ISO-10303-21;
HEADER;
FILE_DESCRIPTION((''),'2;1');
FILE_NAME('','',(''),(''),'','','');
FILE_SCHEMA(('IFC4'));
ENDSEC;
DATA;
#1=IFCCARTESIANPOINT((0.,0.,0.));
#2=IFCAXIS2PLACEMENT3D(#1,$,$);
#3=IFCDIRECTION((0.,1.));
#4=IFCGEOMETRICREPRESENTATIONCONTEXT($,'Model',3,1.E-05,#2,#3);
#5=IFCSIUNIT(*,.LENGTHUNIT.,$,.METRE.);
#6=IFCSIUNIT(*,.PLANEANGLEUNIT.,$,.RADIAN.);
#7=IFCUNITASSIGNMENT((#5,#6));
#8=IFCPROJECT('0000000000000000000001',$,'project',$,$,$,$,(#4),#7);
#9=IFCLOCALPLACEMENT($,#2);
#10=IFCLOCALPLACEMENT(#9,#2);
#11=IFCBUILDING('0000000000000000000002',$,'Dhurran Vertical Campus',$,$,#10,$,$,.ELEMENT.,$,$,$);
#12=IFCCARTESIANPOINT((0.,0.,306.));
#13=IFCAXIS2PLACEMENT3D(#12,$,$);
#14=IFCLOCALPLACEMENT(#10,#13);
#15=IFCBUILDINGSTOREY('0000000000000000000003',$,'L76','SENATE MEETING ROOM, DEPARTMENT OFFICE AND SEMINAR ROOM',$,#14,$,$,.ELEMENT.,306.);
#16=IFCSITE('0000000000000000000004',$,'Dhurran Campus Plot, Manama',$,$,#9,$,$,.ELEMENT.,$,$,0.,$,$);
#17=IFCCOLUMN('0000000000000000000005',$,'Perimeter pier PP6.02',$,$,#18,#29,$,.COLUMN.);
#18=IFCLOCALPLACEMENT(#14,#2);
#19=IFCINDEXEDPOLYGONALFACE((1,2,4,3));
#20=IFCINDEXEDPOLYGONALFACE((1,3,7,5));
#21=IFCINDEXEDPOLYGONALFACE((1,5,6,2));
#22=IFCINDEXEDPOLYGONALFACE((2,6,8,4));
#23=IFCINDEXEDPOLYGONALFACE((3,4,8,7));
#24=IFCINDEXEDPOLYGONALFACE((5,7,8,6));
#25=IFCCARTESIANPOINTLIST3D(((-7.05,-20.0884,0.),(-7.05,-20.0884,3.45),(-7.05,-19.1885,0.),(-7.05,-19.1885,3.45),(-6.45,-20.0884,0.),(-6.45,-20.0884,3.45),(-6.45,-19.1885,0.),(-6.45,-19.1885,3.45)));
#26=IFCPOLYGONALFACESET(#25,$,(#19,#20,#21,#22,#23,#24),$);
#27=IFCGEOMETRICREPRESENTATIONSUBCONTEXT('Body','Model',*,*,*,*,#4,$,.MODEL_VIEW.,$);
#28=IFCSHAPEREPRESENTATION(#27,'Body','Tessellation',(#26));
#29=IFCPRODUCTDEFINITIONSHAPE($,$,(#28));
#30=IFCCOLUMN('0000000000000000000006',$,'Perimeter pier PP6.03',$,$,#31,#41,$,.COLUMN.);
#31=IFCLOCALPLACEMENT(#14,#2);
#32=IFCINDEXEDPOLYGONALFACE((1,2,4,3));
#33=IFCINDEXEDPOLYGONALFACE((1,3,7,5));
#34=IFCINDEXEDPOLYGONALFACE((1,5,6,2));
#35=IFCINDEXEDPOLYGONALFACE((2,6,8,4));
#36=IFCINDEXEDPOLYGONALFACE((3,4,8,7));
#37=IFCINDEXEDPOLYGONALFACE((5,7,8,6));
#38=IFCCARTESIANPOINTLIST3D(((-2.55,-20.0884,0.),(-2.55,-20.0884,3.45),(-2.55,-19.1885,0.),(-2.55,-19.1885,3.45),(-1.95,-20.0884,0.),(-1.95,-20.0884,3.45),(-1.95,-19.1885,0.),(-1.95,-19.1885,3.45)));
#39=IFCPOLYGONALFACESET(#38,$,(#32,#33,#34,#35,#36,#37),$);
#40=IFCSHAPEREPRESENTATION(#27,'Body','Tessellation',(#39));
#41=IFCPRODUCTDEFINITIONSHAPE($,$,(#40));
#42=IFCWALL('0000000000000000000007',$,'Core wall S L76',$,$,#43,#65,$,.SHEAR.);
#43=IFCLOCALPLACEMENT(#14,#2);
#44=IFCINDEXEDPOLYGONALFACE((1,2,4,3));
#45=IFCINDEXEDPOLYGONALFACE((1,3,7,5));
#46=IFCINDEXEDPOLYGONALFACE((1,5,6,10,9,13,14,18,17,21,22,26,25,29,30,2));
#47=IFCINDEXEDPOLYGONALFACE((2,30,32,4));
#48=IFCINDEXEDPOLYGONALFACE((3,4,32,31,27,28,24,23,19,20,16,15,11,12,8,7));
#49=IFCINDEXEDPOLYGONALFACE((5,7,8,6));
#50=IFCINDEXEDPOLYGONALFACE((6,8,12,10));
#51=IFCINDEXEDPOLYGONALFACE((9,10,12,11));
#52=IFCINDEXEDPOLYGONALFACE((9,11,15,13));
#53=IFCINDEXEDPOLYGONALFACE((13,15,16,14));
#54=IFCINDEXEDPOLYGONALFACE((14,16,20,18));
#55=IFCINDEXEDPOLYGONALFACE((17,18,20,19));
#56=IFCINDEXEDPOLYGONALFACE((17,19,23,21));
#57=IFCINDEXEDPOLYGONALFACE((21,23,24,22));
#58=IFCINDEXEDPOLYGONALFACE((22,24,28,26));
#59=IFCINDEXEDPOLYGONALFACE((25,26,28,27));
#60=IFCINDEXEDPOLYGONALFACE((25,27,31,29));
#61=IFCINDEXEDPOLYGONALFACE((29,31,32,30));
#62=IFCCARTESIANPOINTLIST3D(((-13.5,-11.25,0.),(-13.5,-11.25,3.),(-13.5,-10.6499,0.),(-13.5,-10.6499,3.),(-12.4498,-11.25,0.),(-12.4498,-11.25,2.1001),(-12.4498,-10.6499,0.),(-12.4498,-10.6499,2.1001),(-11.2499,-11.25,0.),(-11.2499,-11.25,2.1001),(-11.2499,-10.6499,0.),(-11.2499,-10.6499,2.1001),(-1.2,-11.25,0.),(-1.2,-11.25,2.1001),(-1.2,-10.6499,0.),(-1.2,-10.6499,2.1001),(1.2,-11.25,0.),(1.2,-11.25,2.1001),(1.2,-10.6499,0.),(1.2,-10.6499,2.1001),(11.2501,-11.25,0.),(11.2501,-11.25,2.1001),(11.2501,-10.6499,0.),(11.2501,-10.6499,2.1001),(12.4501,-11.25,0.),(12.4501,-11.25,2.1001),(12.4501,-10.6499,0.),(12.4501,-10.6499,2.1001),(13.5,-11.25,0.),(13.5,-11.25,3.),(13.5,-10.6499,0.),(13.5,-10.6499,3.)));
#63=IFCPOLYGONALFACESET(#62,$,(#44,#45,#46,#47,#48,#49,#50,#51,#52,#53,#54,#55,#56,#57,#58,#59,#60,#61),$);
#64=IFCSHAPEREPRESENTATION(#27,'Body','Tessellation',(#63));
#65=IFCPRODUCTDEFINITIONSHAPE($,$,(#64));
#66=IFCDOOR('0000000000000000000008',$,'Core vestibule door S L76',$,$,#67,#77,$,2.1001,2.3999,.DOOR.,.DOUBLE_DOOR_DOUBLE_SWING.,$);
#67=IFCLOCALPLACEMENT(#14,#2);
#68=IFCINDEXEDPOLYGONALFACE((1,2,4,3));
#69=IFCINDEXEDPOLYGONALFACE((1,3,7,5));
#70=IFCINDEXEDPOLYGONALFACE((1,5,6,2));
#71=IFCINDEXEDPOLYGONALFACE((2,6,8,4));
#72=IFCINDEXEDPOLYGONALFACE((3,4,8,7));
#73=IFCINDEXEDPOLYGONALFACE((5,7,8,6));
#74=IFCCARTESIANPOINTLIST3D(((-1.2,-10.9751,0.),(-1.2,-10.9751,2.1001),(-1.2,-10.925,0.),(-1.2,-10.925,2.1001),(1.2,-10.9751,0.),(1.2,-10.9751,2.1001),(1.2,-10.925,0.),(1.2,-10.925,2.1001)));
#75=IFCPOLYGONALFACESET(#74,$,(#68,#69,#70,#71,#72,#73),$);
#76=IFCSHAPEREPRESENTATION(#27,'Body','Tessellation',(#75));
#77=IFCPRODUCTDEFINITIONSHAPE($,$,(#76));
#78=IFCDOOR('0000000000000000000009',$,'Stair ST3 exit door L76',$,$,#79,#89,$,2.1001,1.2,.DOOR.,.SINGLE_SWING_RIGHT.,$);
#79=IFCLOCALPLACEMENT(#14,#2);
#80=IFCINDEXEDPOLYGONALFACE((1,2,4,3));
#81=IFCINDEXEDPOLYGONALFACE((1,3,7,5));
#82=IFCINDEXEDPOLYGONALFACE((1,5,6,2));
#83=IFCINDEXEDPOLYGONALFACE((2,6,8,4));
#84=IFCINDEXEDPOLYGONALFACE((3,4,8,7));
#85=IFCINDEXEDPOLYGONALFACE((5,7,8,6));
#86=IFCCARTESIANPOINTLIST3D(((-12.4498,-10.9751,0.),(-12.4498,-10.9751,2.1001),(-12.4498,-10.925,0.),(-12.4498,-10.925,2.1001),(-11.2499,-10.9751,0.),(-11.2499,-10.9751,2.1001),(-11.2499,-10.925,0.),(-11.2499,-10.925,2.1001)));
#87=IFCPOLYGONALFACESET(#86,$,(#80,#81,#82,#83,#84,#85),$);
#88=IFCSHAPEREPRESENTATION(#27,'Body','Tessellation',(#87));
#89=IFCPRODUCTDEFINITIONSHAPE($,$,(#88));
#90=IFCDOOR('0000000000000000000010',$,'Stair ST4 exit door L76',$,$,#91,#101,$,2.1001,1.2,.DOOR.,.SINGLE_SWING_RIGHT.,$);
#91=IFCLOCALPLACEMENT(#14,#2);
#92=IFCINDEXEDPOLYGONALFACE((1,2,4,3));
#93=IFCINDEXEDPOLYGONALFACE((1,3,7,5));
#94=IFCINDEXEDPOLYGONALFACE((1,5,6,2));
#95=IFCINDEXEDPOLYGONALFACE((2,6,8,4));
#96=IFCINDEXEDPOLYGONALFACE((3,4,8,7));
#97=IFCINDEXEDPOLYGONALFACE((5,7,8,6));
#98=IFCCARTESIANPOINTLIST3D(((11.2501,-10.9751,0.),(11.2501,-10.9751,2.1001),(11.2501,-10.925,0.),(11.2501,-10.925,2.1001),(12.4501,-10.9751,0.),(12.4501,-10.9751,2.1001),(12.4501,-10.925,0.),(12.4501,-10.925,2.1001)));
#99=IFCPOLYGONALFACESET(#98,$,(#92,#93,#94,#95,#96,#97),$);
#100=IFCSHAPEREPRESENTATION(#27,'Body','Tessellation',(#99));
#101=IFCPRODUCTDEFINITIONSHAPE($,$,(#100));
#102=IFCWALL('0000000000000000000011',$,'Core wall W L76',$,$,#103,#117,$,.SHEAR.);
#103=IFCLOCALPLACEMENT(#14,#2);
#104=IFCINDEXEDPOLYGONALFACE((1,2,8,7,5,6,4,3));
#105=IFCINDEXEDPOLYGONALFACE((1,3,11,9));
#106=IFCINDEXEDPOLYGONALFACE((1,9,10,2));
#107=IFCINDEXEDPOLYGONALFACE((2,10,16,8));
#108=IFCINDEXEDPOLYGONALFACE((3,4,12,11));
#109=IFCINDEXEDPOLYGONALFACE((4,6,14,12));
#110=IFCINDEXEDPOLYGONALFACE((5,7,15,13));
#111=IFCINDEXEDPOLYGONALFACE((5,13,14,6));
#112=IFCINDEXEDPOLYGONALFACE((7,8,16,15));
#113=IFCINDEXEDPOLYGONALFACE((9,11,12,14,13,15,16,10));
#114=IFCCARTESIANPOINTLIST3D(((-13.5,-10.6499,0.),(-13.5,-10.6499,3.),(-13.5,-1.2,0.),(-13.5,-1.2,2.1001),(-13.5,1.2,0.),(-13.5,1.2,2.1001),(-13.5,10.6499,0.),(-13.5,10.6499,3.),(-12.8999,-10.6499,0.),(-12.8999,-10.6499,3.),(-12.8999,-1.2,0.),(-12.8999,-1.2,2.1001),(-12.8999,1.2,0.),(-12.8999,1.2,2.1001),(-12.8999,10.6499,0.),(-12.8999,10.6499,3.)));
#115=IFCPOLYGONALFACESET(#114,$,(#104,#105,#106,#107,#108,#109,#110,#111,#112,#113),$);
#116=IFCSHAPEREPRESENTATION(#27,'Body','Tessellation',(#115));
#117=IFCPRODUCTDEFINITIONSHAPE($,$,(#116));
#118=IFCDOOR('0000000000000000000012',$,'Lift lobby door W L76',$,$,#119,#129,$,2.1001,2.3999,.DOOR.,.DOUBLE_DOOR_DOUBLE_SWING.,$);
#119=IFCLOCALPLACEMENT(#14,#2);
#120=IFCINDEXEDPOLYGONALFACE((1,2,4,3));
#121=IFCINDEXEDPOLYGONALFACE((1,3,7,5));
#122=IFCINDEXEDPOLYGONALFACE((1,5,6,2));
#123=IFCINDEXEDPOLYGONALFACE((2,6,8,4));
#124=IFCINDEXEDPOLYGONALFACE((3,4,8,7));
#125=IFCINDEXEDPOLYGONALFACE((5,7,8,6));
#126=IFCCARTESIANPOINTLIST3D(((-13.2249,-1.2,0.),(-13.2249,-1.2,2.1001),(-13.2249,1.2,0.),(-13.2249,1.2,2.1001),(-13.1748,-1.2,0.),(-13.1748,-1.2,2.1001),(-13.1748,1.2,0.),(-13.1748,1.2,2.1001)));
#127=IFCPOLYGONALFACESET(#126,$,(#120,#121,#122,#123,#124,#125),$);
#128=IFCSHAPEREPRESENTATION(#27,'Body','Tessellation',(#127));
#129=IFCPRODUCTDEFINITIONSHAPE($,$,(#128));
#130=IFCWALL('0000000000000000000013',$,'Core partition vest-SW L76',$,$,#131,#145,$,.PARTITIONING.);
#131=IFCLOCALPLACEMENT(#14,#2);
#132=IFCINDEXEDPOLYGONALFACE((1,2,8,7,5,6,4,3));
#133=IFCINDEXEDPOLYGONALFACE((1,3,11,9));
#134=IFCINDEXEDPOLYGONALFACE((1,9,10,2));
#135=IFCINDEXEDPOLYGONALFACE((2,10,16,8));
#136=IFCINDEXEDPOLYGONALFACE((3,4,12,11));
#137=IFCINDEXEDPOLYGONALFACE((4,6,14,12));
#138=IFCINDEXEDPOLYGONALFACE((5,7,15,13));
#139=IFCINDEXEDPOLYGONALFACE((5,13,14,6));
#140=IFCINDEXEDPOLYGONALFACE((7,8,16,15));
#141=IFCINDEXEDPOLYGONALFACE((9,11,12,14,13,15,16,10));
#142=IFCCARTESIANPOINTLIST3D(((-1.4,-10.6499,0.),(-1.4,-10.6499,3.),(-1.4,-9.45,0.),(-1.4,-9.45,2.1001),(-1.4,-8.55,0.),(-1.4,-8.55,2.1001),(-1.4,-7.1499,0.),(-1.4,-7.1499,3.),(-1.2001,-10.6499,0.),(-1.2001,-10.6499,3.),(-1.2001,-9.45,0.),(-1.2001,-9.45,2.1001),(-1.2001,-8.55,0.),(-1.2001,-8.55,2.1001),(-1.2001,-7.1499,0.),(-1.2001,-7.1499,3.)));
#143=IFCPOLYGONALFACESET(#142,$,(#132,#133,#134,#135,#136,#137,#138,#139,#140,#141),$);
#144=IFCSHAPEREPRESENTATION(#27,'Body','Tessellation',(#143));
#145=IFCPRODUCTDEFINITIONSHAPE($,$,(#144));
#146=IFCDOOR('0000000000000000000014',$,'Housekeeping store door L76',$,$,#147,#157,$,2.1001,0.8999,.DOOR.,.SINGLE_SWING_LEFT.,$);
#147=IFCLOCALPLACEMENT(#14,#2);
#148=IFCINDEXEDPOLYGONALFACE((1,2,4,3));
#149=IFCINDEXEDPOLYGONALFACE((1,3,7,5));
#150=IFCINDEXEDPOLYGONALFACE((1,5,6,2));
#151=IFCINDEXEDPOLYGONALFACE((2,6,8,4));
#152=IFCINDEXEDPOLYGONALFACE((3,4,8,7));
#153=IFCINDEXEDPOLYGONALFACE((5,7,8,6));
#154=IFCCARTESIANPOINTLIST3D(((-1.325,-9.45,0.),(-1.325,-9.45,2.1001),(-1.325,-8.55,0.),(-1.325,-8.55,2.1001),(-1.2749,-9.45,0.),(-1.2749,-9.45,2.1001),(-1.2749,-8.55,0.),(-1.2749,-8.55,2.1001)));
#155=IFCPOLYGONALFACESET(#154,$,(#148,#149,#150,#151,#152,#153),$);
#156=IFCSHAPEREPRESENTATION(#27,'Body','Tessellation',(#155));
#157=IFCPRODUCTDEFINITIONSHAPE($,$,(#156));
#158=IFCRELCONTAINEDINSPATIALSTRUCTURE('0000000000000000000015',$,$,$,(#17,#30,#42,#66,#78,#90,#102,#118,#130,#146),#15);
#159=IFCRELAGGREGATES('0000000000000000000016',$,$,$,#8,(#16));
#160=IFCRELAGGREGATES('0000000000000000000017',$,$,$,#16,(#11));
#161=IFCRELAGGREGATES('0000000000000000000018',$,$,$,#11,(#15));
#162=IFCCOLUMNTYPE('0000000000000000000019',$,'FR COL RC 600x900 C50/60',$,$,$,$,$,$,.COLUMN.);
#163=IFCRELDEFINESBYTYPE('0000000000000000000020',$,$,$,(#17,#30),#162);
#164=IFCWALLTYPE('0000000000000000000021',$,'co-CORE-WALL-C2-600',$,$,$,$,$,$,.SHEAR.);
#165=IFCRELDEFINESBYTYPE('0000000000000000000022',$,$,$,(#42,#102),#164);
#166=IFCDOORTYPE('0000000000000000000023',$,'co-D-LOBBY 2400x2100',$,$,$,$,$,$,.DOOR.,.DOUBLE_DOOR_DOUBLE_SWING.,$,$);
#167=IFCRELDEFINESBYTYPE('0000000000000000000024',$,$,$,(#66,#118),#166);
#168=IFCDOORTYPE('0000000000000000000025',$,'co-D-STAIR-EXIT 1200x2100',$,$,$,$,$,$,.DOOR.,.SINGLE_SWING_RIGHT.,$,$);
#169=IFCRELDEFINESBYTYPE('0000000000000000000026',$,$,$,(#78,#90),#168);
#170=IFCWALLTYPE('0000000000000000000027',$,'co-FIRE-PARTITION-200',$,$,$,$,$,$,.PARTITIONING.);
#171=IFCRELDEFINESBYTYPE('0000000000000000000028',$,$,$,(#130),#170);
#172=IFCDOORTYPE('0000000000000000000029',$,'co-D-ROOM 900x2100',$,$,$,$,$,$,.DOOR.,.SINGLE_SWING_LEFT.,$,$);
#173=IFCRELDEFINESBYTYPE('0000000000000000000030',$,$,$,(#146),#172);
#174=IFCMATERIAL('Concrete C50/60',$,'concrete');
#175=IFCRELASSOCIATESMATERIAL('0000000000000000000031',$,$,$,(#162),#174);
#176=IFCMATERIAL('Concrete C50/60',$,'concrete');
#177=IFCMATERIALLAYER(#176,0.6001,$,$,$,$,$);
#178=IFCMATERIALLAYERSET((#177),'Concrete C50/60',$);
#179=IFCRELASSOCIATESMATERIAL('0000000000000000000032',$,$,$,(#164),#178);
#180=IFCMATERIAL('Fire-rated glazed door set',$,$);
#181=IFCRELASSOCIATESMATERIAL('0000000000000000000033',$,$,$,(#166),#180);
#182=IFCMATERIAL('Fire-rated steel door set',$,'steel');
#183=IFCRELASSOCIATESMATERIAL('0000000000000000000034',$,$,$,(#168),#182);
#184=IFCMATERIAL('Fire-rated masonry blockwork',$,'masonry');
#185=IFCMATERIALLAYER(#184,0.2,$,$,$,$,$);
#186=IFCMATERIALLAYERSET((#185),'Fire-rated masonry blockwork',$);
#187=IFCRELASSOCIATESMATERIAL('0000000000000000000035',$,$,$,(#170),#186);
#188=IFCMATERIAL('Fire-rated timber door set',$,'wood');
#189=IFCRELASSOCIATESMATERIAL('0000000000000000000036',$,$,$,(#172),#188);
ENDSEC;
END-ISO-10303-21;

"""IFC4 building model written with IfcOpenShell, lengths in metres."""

from ifc_helpers import new_model, si_unit, direction, frame, frame_2d, origin, origin_2d, place, context, subcontext, project, spatial, rectangle, extrude, material, layer, layer_set, material_profile, profile_set, type_object, element, fill, save


model = new_model("IFC4")

# Units and contexts
model_context = context("Model", 3, precision=1e-05, world=origin(), true_north=direction((0.0, 1.0)))
body_context = subcontext(model_context, "Body", "Model", "MODEL_VIEW")
ifc_project = project(units=[si_unit("LENGTHUNIT", "METRE"), si_unit("PLANEANGLEUNIT", "RADIAN")], contexts=[model_context])

# Site, building, storey
site_placement = place(None, origin())
site = spatial("IfcSite", under=ifc_project, at=site_placement, Name="Dhurran Campus Plot, Manama", CompositionType="ELEMENT", RefElevation=0.0)
building_placement = place(site_placement, origin())
building = spatial("IfcBuilding", under=site, at=building_placement, Name="Dhurran Vertical Campus", CompositionType="ELEMENT")
storey_placement = place(building_placement, frame((0.0, 0.0, 306.0)))
storey = spatial("IfcBuildingStorey", under=building, at=storey_placement, Name="L76", Description="SENATE MEETING ROOM, DEPARTMENT OFFICE AND SEMINAR ROOM", CompositionType="ELEMENT", Elevation=306.0)

# Columns
ifc_material_1 = material(Name="Concrete C50/60", Category="concrete")
ifc_material_profile = material_profile(ifc_material_1, rectangle(XDim=0.6001, YDim=0.8999, at=origin_2d()), Name="RC 600x900")
ifc_profile_set = profile_set([ifc_material_profile], Name="Concrete C50/60")
column_type = type_object("IfcColumnType", Name="FR COL RC 600x900 C50/60", PredefinedType="COLUMN", material=ifc_profile_set)
for number, where, z_axis, x_axis, name in (
    (1, (-6.75, -19.6384, 0.0), (0.0, 0.0, 1.0), (1.0, 0.0, 0.0), "Perimeter pier PP6.02"),
    (2, (-2.25, -19.6384, 0.0), (0.0, 0.0, 1.0), (1.0, 0.0, 0.0), "Perimeter pier PP6.03"),
):
    element("IfcColumn", number, at=place(storey_placement, frame(where, z_axis=z_axis, x_axis=x_axis)), inside=storey, type_object=column_type, Name=name, PredefinedType="COLUMN", context=body_context, shape_type="SweptSolid", body=[
        extrude(rectangle(XDim=0.6001, YDim=0.8999, at=origin_2d()), origin(), (0.0, 0.0, 1.0), 3.45),
    ])

# Wall, openings, doors
ifc_material_2 = material(Name="Concrete C50/60", Category="concrete")
ifc_layer_1 = layer(ifc_material_2, 0.6001)
ifc_layer_set_1 = layer_set([ifc_layer_1], Name="Concrete C50/60")
wall_type_1 = type_object("IfcWallType", Name="co-CORE-WALL-C2-600", PredefinedType="SHEAR", material=ifc_layer_set_1)
wall_1_placement = place(storey_placement, frame((-13.5, -10.95, 0.0), z_axis=(0.0, 0.0, 1.0), x_axis=(1.0, 0.0, 0.0)))
wall_1 = element("IfcWall", 3, at=wall_1_placement, inside=storey, type_object=wall_type_1, Name="Core wall S L76", PredefinedType="SHEAR", context=body_context, shape_type="SweptSolid", body=[
    extrude(rectangle(XDim=27.0, YDim=0.6001, at=frame_2d((13.5, 0.0))), origin(), (0.0, 0.0, 1.0), 3.0),
])
opening_1_placement = place(wall_1_placement, frame((12.3, 0.0, 0.0)))
opening_1 = element("IfcOpeningElement", 4, at=opening_1_placement, cuts=wall_1, PredefinedType="OPENING", context=body_context, shape_type="SweptSolid", body=[
    extrude(rectangle(XDim=2.3999, YDim=2.1001, at=frame_2d((1.2, 1.05))), frame((0.0, 0.3101, 0.0), z_axis=(0.0, -1.0, 0.0), x_axis=(1.0, 0.0, 0.0)), (0.0, 0.0, 1.0), 0.6201),
])
opening_2_placement = place(wall_1_placement, frame((1.05, 0.0, 0.0)))
opening_2 = element("IfcOpeningElement", 5, at=opening_2_placement, cuts=wall_1, PredefinedType="OPENING", context=body_context, shape_type="SweptSolid", body=[
    extrude(rectangle(XDim=1.2, YDim=2.1001, at=frame_2d((0.6001, 1.05))), frame((0.0, 0.3101, 0.0), z_axis=(0.0, -1.0, 0.0), x_axis=(1.0, 0.0, 0.0)), (0.0, 0.0, 1.0), 0.6201),
])
opening_3_placement = place(wall_1_placement, frame((24.75, 0.0, 0.0)))
opening_3 = element("IfcOpeningElement", 6, at=opening_3_placement, cuts=wall_1, PredefinedType="OPENING", context=body_context, shape_type="SweptSolid", body=[
    extrude(rectangle(XDim=1.2, YDim=2.1001, at=frame_2d((0.6001, 1.05))), frame((0.0, 0.3101, 0.0), z_axis=(0.0, -1.0, 0.0), x_axis=(1.0, 0.0, 0.0)), (0.0, 0.0, 1.0), 0.6201),
])
ifc_material_3 = material(Name="Fire-rated glazed door set")
door_type_1 = type_object("IfcDoorType", Name="co-D-LOBBY 2400x2100", OperationType="DOUBLE_DOOR_DOUBLE_SWING", PredefinedType="DOOR", material=ifc_material_3)
door_1_placement = place(opening_1_placement, origin())
door_1 = element("IfcDoor", 7, at=door_1_placement, inside=storey, type_object=door_type_1, Name="Core vestibule door S L76", OperationType="DOUBLE_DOOR_DOUBLE_SWING", OverallHeight=2.1001, OverallWidth=2.3999, PredefinedType="DOOR", context=body_context, shape_type="SweptSolid", body=[
    extrude(rectangle(XDim=2.3999, YDim=2.1001, at=frame_2d((1.2, 1.05))), frame((0.0, 0.0249, 0.0), z_axis=(0.0, -1.0, 0.0), x_axis=(1.0, 0.0, 0.0)), (0.0, 0.0, 1.0), 0.05),
])
fill(opening_1, door_1)
ifc_material_4 = material(Name="Fire-rated steel door set", Category="steel")
door_type_2 = type_object("IfcDoorType", Name="co-D-STAIR-EXIT 1200x2100", OperationType="SINGLE_SWING_RIGHT", PredefinedType="DOOR", material=ifc_material_4)
door_2_placement = place(opening_2_placement, origin())
door_2 = element("IfcDoor", 8, at=door_2_placement, inside=storey, type_object=door_type_2, Name="Stair ST3 exit door L76", OperationType="SINGLE_SWING_RIGHT", OverallHeight=2.1001, OverallWidth=1.2, PredefinedType="DOOR", context=body_context, shape_type="SweptSolid", body=[
    extrude(rectangle(XDim=1.2, YDim=2.1001, at=frame_2d((0.6001, 1.05))), frame((0.0, 0.0249, 0.0), z_axis=(0.0, -1.0, 0.0), x_axis=(1.0, 0.0, 0.0)), (0.0, 0.0, 1.0), 0.05),
])
fill(opening_2, door_2)
door_3_placement = place(opening_3_placement, origin())
door_3 = element("IfcDoor", 9, at=door_3_placement, inside=storey, type_object=door_type_2, Name="Stair ST4 exit door L76", OperationType="SINGLE_SWING_RIGHT", OverallHeight=2.1001, OverallWidth=1.2, PredefinedType="DOOR", context=body_context, shape_type="SweptSolid", body=[
    extrude(rectangle(XDim=1.2, YDim=2.1001, at=frame_2d((0.6001, 1.05))), frame((0.0, 0.0249, 0.0), z_axis=(0.0, -1.0, 0.0), x_axis=(1.0, 0.0, 0.0)), (0.0, 0.0, 1.0), 0.05),
])
fill(opening_3, door_3)

# Walls, openings, doors
wall_2_placement = place(storey_placement, frame((-13.2, -10.6499, 0.0), z_axis=(0.0, 0.0, 1.0), x_axis=(0.0, 1.0, 0.0)))
wall_2 = element("IfcWall", 10, at=wall_2_placement, inside=storey, type_object=wall_type_1, Name="Core wall W L76", PredefinedType="SHEAR", context=body_context, shape_type="SweptSolid", body=[
    extrude(rectangle(XDim=21.2998, YDim=0.6001, at=frame_2d((10.6499, 0.0))), origin(), (0.0, 0.0, 1.0), 3.0),
])
opening_4_placement = place(wall_2_placement, frame((9.45, 0.0, 0.0)))
opening_4 = element("IfcOpeningElement", 11, at=opening_4_placement, cuts=wall_2, PredefinedType="OPENING", context=body_context, shape_type="SweptSolid", body=[
    extrude(rectangle(XDim=2.3999, YDim=2.1001, at=frame_2d((1.2, 1.05))), frame((0.0, 0.3101, 0.0), z_axis=(0.0, -1.0, 0.0), x_axis=(1.0, 0.0, 0.0)), (0.0, 0.0, 1.0), 0.6201),
])
door_4_placement = place(opening_4_placement, origin())
door_4 = element("IfcDoor", 12, at=door_4_placement, inside=storey, type_object=door_type_1, Name="Lift lobby door W L76", OperationType="DOUBLE_DOOR_DOUBLE_SWING", OverallHeight=2.1001, OverallWidth=2.3999, PredefinedType="DOOR", context=body_context, shape_type="SweptSolid", body=[
    extrude(rectangle(XDim=2.3999, YDim=2.1001, at=frame_2d((1.2, 1.05))), frame((0.0, 0.0249, 0.0), z_axis=(0.0, -1.0, 0.0), x_axis=(1.0, 0.0, 0.0)), (0.0, 0.0, 1.0), 0.05),
])
fill(opening_4, door_4)
ifc_material_5 = material(Name="Fire-rated masonry blockwork", Category="masonry")
ifc_layer_2 = layer(ifc_material_5, 0.2)
ifc_layer_set_2 = layer_set([ifc_layer_2], Name="Fire-rated masonry blockwork")
wall_type_2 = type_object("IfcWallType", Name="co-FIRE-PARTITION-200", PredefinedType="PARTITIONING", material=ifc_layer_set_2)
wall_3_placement = place(storey_placement, frame((-1.3, -10.6499, 0.0), z_axis=(0.0, 0.0, 1.0), x_axis=(0.0, 1.0, 0.0)))
wall_3 = element("IfcWall", 13, at=wall_3_placement, inside=storey, type_object=wall_type_2, Name="Core partition vest-SW L76", PredefinedType="PARTITIONING", context=body_context, shape_type="SweptSolid", body=[
    extrude(rectangle(XDim=3.5, YDim=0.2, at=frame_2d((1.75, 0.0))), origin(), (0.0, 0.0, 1.0), 3.0),
])
opening_5_placement = place(wall_3_placement, frame((1.2, 0.0, 0.0)))
opening_5 = element("IfcOpeningElement", 14, at=opening_5_placement, cuts=wall_3, PredefinedType="OPENING", context=body_context, shape_type="SweptSolid", body=[
    extrude(rectangle(XDim=0.8999, YDim=2.1001, at=frame_2d((0.45, 1.05))), frame((0.0, 0.1099, 0.0), z_axis=(0.0, -1.0, 0.0), x_axis=(1.0, 0.0, 0.0)), (0.0, 0.0, 1.0), 0.22),
])
ifc_material_6 = material(Name="Fire-rated timber door set", Category="wood")
door_type_3 = type_object("IfcDoorType", Name="co-D-ROOM 900x2100", OperationType="SINGLE_SWING_LEFT", PredefinedType="DOOR", material=ifc_material_6)
door_5_placement = place(opening_5_placement, origin())
door_5 = element("IfcDoor", 15, at=door_5_placement, inside=storey, type_object=door_type_3, Name="Housekeeping store door L76", OperationType="SINGLE_SWING_LEFT", OverallHeight=2.1001, OverallWidth=0.8999, PredefinedType="DOOR", context=body_context, shape_type="SweptSolid", body=[
    extrude(rectangle(XDim=0.8999, YDim=2.1001, at=frame_2d((0.45, 1.05))), frame((0.0, 0.0249, 0.0), z_axis=(0.0, -1.0, 0.0), x_axis=(1.0, 0.0, 0.0)), (0.0, 0.0, 1.0), 0.05),
])
fill(opening_5, door_5)

save(model, "model.ifc")
